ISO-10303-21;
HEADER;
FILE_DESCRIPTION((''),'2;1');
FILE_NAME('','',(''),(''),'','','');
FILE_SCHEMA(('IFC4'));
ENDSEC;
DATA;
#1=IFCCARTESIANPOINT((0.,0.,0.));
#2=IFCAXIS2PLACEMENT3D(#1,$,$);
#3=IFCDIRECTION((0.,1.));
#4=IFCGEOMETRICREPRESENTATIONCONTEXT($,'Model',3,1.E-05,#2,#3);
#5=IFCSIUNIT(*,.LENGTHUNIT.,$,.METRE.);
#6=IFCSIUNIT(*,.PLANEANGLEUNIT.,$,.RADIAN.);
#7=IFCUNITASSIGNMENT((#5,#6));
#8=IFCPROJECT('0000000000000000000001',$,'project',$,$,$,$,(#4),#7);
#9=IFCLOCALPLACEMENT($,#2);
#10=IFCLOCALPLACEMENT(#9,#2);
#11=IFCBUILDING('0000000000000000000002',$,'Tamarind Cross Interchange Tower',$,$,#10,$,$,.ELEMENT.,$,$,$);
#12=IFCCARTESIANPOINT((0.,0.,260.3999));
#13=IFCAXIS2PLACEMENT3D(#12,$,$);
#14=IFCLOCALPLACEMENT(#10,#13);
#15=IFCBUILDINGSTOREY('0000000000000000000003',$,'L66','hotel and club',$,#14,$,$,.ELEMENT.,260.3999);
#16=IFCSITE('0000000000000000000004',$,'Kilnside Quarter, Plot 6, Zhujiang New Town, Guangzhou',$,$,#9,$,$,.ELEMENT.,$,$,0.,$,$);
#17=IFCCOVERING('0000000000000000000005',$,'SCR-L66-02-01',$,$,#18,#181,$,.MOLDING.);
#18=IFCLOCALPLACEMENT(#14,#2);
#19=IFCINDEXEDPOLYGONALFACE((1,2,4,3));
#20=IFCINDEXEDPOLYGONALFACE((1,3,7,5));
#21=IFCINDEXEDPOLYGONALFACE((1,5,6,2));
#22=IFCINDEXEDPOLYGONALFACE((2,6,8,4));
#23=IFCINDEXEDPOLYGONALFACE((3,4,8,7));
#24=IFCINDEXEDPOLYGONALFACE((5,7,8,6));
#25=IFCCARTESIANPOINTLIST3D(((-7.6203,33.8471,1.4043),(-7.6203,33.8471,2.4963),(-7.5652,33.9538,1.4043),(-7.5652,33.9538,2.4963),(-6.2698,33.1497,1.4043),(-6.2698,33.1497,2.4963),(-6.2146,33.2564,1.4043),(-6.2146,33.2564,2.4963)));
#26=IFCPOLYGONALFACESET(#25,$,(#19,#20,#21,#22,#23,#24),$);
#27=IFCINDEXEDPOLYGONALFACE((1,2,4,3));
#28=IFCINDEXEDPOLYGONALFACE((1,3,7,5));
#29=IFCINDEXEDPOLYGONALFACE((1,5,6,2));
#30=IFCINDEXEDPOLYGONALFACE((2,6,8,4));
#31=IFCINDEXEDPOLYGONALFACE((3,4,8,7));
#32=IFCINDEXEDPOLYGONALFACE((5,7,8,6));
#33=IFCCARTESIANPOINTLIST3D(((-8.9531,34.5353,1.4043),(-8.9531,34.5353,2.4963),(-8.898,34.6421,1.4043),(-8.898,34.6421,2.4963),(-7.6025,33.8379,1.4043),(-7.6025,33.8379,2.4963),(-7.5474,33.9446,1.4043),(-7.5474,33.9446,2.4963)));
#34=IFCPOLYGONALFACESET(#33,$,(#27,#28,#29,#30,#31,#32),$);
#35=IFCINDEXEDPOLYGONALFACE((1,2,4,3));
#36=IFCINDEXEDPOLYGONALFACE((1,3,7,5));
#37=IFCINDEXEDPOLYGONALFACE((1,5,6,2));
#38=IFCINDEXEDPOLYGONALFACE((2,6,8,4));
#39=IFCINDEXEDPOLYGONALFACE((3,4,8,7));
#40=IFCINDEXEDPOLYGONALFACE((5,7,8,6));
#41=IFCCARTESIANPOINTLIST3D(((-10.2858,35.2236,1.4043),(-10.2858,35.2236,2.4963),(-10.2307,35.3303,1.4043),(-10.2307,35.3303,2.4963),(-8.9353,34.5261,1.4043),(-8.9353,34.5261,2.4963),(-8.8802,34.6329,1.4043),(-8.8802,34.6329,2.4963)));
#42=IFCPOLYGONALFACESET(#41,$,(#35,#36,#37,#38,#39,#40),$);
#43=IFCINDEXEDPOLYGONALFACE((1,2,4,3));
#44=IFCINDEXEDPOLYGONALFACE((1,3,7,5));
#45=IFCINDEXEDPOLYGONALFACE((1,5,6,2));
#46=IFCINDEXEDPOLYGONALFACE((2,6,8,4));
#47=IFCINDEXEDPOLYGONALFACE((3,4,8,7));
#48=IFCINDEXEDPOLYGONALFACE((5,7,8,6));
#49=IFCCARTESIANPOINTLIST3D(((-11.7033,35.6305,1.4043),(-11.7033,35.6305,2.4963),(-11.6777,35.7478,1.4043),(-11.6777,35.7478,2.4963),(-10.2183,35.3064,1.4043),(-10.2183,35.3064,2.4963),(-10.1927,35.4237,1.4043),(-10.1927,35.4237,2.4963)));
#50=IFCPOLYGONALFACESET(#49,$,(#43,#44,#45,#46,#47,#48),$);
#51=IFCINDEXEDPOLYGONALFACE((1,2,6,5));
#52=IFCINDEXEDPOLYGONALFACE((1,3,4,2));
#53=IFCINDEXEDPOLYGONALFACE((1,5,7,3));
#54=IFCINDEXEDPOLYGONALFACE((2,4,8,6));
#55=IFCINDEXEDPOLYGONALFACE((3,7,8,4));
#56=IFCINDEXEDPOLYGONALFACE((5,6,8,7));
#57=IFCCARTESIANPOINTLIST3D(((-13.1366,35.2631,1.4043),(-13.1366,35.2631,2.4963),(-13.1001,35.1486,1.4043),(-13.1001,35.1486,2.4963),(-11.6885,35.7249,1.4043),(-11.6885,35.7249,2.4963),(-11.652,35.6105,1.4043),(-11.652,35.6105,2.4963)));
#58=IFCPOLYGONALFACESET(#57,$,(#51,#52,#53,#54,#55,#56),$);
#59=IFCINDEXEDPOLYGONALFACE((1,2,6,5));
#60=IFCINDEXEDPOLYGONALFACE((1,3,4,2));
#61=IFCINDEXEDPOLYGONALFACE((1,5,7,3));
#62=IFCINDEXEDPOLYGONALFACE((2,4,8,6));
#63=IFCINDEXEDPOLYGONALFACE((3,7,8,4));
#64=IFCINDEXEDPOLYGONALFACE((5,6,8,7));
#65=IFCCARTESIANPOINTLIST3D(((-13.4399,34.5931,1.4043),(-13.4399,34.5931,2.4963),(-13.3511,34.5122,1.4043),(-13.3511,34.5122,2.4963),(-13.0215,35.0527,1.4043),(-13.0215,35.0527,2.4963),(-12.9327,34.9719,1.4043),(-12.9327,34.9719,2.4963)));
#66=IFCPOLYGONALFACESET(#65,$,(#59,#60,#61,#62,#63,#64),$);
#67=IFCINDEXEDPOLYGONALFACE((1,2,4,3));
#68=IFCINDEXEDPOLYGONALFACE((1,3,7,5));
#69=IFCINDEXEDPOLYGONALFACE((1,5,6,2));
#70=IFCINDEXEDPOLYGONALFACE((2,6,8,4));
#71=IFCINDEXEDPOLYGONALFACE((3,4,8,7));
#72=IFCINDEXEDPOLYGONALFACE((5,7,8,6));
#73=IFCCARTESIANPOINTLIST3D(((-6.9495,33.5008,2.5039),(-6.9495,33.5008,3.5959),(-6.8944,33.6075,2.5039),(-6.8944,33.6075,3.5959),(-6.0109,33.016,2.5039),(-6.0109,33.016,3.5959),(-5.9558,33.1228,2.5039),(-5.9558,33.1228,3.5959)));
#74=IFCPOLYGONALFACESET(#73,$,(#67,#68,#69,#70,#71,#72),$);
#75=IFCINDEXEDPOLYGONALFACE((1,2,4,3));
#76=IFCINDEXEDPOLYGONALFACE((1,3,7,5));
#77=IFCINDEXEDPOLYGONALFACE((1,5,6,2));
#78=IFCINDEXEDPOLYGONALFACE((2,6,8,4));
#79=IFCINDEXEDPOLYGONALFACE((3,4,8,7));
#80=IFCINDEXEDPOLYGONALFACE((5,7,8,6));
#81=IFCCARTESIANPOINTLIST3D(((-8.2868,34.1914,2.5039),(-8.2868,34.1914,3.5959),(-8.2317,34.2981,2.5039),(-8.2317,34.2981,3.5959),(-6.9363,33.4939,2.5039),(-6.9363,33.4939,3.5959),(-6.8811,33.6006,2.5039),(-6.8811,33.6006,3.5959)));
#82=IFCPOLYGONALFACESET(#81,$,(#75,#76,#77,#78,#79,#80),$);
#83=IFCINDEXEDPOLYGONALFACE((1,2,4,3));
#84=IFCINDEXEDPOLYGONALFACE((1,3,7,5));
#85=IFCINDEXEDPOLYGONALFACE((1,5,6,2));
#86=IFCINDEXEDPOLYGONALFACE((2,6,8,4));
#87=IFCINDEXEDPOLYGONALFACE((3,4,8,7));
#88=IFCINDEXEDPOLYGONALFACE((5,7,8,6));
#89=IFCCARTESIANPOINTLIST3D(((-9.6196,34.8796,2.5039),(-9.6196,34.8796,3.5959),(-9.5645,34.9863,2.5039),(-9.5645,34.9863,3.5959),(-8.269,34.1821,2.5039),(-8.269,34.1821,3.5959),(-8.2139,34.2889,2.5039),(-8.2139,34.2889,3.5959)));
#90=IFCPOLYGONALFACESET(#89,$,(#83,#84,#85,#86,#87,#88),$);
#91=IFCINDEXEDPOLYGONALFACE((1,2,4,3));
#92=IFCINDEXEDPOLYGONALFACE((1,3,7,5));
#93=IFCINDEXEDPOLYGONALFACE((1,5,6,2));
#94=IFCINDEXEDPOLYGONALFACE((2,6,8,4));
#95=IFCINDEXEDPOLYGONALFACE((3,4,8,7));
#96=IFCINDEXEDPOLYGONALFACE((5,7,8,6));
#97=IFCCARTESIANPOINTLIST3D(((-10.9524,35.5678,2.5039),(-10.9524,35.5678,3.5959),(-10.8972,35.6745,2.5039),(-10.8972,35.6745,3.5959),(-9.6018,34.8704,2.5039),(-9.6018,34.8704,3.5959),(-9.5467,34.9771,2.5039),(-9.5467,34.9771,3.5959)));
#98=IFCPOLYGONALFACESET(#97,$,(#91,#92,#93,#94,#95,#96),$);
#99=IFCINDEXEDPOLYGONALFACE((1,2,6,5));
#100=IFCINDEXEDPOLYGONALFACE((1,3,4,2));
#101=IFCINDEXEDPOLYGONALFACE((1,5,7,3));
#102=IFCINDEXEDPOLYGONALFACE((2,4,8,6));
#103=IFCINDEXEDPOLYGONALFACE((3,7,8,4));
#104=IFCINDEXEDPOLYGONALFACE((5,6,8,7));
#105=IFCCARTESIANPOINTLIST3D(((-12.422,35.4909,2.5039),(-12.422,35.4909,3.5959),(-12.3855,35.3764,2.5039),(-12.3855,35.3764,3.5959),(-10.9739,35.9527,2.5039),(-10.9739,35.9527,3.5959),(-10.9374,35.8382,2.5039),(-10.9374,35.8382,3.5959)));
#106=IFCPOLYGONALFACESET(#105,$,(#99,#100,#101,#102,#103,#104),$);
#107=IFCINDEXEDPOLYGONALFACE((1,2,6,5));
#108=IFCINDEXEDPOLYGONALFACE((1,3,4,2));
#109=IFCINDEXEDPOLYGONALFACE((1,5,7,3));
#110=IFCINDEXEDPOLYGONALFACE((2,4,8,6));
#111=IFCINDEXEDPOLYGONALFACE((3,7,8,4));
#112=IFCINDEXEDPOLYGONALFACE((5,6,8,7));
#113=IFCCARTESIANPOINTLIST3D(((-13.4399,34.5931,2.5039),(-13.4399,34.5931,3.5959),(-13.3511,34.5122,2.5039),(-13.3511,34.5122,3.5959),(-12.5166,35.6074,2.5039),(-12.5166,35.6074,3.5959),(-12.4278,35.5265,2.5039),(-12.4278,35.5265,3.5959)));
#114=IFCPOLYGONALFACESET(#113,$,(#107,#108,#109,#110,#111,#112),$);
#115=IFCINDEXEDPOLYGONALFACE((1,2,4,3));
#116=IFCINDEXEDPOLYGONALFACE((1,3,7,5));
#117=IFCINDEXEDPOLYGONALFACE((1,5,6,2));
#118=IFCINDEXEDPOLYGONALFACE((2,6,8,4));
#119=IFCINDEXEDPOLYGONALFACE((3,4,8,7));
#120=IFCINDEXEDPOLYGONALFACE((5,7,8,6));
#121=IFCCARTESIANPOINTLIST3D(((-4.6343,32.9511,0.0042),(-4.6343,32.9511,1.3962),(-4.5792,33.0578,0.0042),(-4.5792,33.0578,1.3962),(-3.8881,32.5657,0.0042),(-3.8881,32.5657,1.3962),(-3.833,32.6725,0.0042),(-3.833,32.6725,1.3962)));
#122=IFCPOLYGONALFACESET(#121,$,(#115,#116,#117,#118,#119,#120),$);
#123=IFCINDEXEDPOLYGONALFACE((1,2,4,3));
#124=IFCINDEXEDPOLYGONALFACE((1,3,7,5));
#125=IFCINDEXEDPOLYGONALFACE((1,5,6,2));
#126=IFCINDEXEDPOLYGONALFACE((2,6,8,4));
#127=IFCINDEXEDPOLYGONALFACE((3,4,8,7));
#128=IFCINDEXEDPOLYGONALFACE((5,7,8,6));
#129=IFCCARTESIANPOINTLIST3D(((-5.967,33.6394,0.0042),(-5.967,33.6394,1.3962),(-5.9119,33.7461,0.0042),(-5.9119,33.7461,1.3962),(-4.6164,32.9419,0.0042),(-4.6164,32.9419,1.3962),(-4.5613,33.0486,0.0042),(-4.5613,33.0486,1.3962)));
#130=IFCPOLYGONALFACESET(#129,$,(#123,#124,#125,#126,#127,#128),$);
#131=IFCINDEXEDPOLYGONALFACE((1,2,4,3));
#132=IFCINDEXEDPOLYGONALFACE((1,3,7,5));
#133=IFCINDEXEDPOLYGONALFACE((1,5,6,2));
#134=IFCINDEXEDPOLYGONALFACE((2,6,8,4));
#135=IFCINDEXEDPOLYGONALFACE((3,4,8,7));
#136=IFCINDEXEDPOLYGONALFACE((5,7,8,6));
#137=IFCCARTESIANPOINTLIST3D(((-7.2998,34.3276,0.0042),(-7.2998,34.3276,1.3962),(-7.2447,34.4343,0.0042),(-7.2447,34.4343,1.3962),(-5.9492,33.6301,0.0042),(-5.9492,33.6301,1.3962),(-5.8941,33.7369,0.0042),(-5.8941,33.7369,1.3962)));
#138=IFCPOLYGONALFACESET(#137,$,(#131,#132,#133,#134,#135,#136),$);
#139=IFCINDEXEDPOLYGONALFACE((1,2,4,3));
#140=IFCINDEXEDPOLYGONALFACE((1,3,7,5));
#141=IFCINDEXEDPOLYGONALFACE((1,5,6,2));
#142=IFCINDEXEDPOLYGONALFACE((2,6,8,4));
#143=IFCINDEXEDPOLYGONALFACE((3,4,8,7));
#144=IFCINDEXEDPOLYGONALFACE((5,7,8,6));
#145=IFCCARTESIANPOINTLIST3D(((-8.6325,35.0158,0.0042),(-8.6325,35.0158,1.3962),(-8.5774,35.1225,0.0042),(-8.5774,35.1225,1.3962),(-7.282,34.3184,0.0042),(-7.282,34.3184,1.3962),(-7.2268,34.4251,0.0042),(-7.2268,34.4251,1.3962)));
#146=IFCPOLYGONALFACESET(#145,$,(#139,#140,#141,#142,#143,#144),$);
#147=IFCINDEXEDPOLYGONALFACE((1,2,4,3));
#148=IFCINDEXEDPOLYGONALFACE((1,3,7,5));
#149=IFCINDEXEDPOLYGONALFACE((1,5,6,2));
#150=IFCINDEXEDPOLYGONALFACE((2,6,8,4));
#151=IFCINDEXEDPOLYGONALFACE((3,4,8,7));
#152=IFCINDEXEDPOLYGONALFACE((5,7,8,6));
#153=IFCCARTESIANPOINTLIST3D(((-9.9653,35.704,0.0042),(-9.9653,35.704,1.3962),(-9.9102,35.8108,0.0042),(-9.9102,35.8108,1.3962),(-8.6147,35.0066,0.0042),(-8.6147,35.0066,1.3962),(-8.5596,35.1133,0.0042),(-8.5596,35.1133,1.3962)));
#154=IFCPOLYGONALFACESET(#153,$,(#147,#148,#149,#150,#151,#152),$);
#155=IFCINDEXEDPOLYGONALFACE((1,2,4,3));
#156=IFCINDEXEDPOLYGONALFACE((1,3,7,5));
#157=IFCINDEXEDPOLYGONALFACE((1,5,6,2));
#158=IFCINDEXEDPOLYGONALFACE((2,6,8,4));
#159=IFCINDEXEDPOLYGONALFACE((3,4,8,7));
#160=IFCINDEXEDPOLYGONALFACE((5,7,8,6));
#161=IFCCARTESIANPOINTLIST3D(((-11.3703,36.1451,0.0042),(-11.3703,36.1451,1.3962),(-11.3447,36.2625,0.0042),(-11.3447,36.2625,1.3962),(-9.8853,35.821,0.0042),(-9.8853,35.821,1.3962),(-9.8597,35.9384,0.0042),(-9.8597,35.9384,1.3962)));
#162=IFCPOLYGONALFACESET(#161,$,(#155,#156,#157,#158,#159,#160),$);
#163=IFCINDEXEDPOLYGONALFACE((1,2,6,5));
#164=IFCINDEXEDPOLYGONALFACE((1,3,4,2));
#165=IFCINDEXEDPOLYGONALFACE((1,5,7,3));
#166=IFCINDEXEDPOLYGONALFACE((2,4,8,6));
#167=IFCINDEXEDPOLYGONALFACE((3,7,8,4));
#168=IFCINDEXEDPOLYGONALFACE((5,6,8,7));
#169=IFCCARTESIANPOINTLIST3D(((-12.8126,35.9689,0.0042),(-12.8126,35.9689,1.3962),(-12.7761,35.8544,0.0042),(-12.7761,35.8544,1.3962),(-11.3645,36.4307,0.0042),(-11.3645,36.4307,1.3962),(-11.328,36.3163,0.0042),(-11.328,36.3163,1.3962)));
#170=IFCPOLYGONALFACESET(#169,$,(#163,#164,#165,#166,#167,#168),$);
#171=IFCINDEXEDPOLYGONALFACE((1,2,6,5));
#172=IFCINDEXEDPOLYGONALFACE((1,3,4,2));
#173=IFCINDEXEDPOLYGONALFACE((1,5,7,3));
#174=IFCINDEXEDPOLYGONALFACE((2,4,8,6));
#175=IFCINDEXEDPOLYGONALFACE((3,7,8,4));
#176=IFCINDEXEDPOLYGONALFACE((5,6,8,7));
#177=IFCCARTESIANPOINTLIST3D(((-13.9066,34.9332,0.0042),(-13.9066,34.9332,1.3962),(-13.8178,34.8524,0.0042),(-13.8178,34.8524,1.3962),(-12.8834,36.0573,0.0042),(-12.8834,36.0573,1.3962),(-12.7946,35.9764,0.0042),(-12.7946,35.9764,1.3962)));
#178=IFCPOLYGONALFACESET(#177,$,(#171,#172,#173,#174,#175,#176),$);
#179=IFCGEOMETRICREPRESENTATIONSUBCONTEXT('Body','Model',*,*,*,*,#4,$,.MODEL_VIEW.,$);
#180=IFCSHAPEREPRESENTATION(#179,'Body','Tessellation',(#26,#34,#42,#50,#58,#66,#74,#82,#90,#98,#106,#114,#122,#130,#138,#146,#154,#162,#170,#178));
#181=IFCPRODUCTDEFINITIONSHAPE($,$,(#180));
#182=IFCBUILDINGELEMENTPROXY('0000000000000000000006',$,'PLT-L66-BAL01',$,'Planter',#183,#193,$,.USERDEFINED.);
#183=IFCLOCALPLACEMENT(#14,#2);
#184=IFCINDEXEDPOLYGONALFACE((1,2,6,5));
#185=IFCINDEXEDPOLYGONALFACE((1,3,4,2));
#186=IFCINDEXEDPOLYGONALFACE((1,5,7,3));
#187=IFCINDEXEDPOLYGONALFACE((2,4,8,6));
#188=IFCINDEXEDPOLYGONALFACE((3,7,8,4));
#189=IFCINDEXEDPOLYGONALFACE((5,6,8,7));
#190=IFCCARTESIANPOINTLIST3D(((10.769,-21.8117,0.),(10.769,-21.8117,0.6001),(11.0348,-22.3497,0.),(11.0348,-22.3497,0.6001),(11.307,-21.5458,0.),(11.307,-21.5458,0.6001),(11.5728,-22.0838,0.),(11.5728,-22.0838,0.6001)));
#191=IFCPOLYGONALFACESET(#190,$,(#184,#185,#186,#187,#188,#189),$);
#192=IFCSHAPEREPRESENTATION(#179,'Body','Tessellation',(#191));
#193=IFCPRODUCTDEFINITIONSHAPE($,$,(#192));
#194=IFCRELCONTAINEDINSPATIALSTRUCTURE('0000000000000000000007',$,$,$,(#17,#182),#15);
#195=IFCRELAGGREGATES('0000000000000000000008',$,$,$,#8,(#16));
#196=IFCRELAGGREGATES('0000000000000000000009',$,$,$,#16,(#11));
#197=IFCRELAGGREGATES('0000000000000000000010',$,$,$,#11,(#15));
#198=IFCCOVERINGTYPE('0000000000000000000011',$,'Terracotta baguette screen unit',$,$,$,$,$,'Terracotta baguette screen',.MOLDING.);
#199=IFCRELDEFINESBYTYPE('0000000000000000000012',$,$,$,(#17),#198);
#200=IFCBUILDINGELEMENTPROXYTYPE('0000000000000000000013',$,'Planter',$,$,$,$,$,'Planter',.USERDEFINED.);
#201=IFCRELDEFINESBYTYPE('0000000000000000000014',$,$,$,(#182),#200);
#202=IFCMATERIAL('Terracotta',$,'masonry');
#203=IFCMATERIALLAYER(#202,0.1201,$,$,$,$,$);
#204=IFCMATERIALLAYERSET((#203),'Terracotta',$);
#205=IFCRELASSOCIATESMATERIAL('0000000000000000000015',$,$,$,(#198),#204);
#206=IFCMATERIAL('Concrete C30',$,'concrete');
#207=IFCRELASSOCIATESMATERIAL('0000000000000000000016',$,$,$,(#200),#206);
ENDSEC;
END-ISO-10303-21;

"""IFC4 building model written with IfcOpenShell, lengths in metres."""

from ifc_helpers import new_model, si_unit, direction, frame, origin, origin_2d, place, context, subcontext, project, spatial, rectangle, extrude, material, layer, layer_set, type_object, element, save


model = new_model("IFC4")

# Units and contexts
model_context = context("Model", 3, precision=1e-05, world=origin(), true_north=direction((0.0, 1.0)))
body_context = subcontext(model_context, "Body", "Model", "MODEL_VIEW")
ifc_project = project(units=[si_unit("LENGTHUNIT", "METRE"), si_unit("PLANEANGLEUNIT", "RADIAN")], contexts=[model_context])

# Site, building, storey
site_placement = place(None, origin())
site = spatial("IfcSite", under=ifc_project, at=site_placement, Name="Kilnside Quarter, Plot 6, Zhujiang New Town, Guangzhou", CompositionType="ELEMENT", RefElevation=0.0)
building_placement = place(site_placement, origin())
building = spatial("IfcBuilding", under=site, at=building_placement, Name="Tamarind Cross Interchange Tower", CompositionType="ELEMENT")
storey_placement = place(building_placement, frame((0.0, 0.0, 260.3999)))
storey = spatial("IfcBuildingStorey", under=building, at=storey_placement, Name="L66", Description="hotel and club", CompositionType="ELEMENT", Elevation=260.3999)

# Covering
ifc_material_1 = material(Name="Terracotta", Category="masonry")
ifc_layer_1 = layer(ifc_material_1, 0.1201)
ifc_layer_set_1 = layer_set([ifc_layer_1], Name="Terracotta")
covering_type = type_object("IfcCoveringType", Name="Terracotta baguette screen unit", ElementType="Terracotta baguette screen", PredefinedType="MOLDING", material=ifc_layer_set_1)
covering_1_placement = place(storey_placement, origin())
element("IfcCovering", 1, at=covering_1_placement, inside=storey, type_object=covering_type, Name="SCR-L66-02-01", PredefinedType="MOLDING", context=body_context, shape_type="SweptSolid", body=[
    extrude(rectangle(XDim=1.52, YDim=0.1201, at=origin_2d()), frame((-6.9175, 33.5518, 1.4043), z_axis=(0.0, 0.0, 1.0), x_axis=(-0.888521, 0.458836, 0.0)), (0.0, 0.0, 1.0), 1.092),
    extrude(rectangle(XDim=1.52, YDim=0.1201, at=origin_2d()), frame((-8.2502, 34.24, 1.4043), z_axis=(0.0, 0.0, 1.0), x_axis=(-0.888521, 0.458836, 0.0)), (0.0, 0.0, 1.0), 1.092),
    extrude(rectangle(XDim=1.52, YDim=0.1201, at=origin_2d()), frame((-9.583, 34.9282, 1.4043), z_axis=(0.0, 0.0, 1.0), x_axis=(-0.888521, 0.458836, 0.0)), (0.0, 0.0, 1.0), 1.092),
    extrude(rectangle(XDim=1.52, YDim=0.1201, at=origin_2d()), frame((-10.948, 35.5271, 1.4043), z_axis=(0.0, 0.0, 1.0), x_axis=(-0.977001, 0.213235, 0.0)), (0.0, 0.0, 1.0), 1.092),
    extrude(rectangle(XDim=1.52, YDim=0.1201, at=origin_2d()), frame((-12.3943, 35.4368, 1.4043), z_axis=(0.0, 0.0, 1.0), x_axis=(-0.952725, -0.303834, 0.0)), (0.0, 0.0, 1.0), 1.092),
    extrude(rectangle(XDim=0.6216, YDim=0.1201, at=origin_2d()), frame((-13.1863, 34.7825, 1.4043), z_axis=(0.0, 0.0, 1.0), x_axis=(-0.673167, -0.73949, 0.0)), (0.0, 0.0, 1.0), 1.092),
    extrude(rectangle(XDim=1.0564, YDim=0.1201, at=origin_2d()), frame((-6.4526, 33.3118, 2.5039), z_axis=(0.0, 0.0, 1.0), x_axis=(-0.888521, 0.458836, 0.0)), (0.0, 0.0, 1.0), 1.092),
    extrude(rectangle(XDim=1.52, YDim=0.1201, at=origin_2d()), frame((-7.584, 33.896, 2.5039), z_axis=(0.0, 0.0, 1.0), x_axis=(-0.888521, 0.458836, 0.0)), (0.0, 0.0, 1.0), 1.092),
    extrude(rectangle(XDim=1.52, YDim=0.1201, at=origin_2d()), frame((-8.9167, 34.5842, 2.5039), z_axis=(0.0, 0.0, 1.0), x_axis=(-0.888521, 0.458836, 0.0)), (0.0, 0.0, 1.0), 1.092),
    extrude(rectangle(XDim=1.52, YDim=0.1201, at=origin_2d()), frame((-10.2495, 35.2725, 2.5039), z_axis=(0.0, 0.0, 1.0), x_axis=(-0.888521, 0.458836, 0.0)), (0.0, 0.0, 1.0), 1.092),
    extrude(rectangle(XDim=1.52, YDim=0.1201, at=origin_2d()), frame((-11.6797, 35.6646, 2.5039), z_axis=(0.0, 0.0, 1.0), x_axis=(-0.952725, -0.303834, 0.0)), (0.0, 0.0, 1.0), 1.092),
    extrude(rectangle(XDim=1.3716, YDim=0.1201, at=origin_2d()), frame((-12.9338, 35.0598, 2.5039), z_axis=(0.0, 0.0, 1.0), x_axis=(-0.673167, -0.73949, 0.0)), (0.0, 0.0, 1.0), 1.092),
    extrude(rectangle(XDim=0.8398, YDim=0.1201, at=origin_2d()), frame((-4.2336, 32.8118, 0.0042), z_axis=(0.0, 0.0, 1.0), x_axis=(-0.888521, 0.458836, 0.0)), (0.0, 0.0, 1.0), 1.3921),
    extrude(rectangle(XDim=1.52, YDim=0.1201, at=origin_2d()), frame((-5.2642, 33.344, 0.0042), z_axis=(0.0, 0.0, 1.0), x_axis=(-0.888521, 0.458836, 0.0)), (0.0, 0.0, 1.0), 1.3921),
    extrude(rectangle(XDim=1.52, YDim=0.1201, at=origin_2d()), frame((-6.5969, 34.0322, 0.0042), z_axis=(0.0, 0.0, 1.0), x_axis=(-0.888521, 0.458836, 0.0)), (0.0, 0.0, 1.0), 1.3921),
    extrude(rectangle(XDim=1.52, YDim=0.1201, at=origin_2d()), frame((-7.9297, 34.7205, 0.0042), z_axis=(0.0, 0.0, 1.0), x_axis=(-0.888521, 0.458836, 0.0)), (0.0, 0.0, 1.0), 1.3921),
    extrude(rectangle(XDim=1.52, YDim=0.1201, at=origin_2d()), frame((-9.2625, 35.4087, 0.0042), z_axis=(0.0, 0.0, 1.0), x_axis=(-0.888521, 0.458836, 0.0)), (0.0, 0.0, 1.0), 1.3921),
    extrude(rectangle(XDim=1.52, YDim=0.1201, at=origin_2d()), frame((-10.615, 36.0417, 0.0042), z_axis=(0.0, 0.0, 1.0), x_axis=(-0.977001, 0.213235, 0.0)), (0.0, 0.0, 1.0), 1.3921),
    extrude(rectangle(XDim=1.52, YDim=0.1201, at=origin_2d()), frame((-12.0703, 36.1426, 0.0042), z_axis=(0.0, 0.0, 1.0), x_axis=(-0.952725, -0.303834, 0.0)), (0.0, 0.0, 1.0), 1.3921),
    extrude(rectangle(XDim=1.52, YDim=0.1201, at=origin_2d()), frame((-13.3506, 35.4548, 0.0042), z_axis=(0.0, 0.0, 1.0), x_axis=(-0.673167, -0.73949, 0.0)), (0.0, 0.0, 1.0), 1.3921),
])

# Building element proxy
ifc_material_2 = material(Name="Concrete C30", Category="concrete")
building_element_proxy_type = type_object("IfcBuildingElementProxyType", Name="Planter", ElementType="Planter", PredefinedType="USERDEFINED", material=ifc_material_2)
proxy_placement = place(storey_placement, origin())
element("IfcBuildingElementProxy", 2, at=proxy_placement, inside=storey, type_object=building_element_proxy_type, Name="PLT-L66-BAL01", ObjectType="Planter", PredefinedType="USERDEFINED", context=body_context, shape_type="SweptSolid", body=[
    extrude(rectangle(XDim=0.6001, YDim=0.6001, at=origin_2d()), frame((11.1709, -21.9478, 0.0), z_axis=(0.0, 0.0, 1.0), x_axis=(0.896493, 0.443059, 0.0)), (0.0, 0.0, 1.0), 0.6001),
])

save(model, "model.ifc")
